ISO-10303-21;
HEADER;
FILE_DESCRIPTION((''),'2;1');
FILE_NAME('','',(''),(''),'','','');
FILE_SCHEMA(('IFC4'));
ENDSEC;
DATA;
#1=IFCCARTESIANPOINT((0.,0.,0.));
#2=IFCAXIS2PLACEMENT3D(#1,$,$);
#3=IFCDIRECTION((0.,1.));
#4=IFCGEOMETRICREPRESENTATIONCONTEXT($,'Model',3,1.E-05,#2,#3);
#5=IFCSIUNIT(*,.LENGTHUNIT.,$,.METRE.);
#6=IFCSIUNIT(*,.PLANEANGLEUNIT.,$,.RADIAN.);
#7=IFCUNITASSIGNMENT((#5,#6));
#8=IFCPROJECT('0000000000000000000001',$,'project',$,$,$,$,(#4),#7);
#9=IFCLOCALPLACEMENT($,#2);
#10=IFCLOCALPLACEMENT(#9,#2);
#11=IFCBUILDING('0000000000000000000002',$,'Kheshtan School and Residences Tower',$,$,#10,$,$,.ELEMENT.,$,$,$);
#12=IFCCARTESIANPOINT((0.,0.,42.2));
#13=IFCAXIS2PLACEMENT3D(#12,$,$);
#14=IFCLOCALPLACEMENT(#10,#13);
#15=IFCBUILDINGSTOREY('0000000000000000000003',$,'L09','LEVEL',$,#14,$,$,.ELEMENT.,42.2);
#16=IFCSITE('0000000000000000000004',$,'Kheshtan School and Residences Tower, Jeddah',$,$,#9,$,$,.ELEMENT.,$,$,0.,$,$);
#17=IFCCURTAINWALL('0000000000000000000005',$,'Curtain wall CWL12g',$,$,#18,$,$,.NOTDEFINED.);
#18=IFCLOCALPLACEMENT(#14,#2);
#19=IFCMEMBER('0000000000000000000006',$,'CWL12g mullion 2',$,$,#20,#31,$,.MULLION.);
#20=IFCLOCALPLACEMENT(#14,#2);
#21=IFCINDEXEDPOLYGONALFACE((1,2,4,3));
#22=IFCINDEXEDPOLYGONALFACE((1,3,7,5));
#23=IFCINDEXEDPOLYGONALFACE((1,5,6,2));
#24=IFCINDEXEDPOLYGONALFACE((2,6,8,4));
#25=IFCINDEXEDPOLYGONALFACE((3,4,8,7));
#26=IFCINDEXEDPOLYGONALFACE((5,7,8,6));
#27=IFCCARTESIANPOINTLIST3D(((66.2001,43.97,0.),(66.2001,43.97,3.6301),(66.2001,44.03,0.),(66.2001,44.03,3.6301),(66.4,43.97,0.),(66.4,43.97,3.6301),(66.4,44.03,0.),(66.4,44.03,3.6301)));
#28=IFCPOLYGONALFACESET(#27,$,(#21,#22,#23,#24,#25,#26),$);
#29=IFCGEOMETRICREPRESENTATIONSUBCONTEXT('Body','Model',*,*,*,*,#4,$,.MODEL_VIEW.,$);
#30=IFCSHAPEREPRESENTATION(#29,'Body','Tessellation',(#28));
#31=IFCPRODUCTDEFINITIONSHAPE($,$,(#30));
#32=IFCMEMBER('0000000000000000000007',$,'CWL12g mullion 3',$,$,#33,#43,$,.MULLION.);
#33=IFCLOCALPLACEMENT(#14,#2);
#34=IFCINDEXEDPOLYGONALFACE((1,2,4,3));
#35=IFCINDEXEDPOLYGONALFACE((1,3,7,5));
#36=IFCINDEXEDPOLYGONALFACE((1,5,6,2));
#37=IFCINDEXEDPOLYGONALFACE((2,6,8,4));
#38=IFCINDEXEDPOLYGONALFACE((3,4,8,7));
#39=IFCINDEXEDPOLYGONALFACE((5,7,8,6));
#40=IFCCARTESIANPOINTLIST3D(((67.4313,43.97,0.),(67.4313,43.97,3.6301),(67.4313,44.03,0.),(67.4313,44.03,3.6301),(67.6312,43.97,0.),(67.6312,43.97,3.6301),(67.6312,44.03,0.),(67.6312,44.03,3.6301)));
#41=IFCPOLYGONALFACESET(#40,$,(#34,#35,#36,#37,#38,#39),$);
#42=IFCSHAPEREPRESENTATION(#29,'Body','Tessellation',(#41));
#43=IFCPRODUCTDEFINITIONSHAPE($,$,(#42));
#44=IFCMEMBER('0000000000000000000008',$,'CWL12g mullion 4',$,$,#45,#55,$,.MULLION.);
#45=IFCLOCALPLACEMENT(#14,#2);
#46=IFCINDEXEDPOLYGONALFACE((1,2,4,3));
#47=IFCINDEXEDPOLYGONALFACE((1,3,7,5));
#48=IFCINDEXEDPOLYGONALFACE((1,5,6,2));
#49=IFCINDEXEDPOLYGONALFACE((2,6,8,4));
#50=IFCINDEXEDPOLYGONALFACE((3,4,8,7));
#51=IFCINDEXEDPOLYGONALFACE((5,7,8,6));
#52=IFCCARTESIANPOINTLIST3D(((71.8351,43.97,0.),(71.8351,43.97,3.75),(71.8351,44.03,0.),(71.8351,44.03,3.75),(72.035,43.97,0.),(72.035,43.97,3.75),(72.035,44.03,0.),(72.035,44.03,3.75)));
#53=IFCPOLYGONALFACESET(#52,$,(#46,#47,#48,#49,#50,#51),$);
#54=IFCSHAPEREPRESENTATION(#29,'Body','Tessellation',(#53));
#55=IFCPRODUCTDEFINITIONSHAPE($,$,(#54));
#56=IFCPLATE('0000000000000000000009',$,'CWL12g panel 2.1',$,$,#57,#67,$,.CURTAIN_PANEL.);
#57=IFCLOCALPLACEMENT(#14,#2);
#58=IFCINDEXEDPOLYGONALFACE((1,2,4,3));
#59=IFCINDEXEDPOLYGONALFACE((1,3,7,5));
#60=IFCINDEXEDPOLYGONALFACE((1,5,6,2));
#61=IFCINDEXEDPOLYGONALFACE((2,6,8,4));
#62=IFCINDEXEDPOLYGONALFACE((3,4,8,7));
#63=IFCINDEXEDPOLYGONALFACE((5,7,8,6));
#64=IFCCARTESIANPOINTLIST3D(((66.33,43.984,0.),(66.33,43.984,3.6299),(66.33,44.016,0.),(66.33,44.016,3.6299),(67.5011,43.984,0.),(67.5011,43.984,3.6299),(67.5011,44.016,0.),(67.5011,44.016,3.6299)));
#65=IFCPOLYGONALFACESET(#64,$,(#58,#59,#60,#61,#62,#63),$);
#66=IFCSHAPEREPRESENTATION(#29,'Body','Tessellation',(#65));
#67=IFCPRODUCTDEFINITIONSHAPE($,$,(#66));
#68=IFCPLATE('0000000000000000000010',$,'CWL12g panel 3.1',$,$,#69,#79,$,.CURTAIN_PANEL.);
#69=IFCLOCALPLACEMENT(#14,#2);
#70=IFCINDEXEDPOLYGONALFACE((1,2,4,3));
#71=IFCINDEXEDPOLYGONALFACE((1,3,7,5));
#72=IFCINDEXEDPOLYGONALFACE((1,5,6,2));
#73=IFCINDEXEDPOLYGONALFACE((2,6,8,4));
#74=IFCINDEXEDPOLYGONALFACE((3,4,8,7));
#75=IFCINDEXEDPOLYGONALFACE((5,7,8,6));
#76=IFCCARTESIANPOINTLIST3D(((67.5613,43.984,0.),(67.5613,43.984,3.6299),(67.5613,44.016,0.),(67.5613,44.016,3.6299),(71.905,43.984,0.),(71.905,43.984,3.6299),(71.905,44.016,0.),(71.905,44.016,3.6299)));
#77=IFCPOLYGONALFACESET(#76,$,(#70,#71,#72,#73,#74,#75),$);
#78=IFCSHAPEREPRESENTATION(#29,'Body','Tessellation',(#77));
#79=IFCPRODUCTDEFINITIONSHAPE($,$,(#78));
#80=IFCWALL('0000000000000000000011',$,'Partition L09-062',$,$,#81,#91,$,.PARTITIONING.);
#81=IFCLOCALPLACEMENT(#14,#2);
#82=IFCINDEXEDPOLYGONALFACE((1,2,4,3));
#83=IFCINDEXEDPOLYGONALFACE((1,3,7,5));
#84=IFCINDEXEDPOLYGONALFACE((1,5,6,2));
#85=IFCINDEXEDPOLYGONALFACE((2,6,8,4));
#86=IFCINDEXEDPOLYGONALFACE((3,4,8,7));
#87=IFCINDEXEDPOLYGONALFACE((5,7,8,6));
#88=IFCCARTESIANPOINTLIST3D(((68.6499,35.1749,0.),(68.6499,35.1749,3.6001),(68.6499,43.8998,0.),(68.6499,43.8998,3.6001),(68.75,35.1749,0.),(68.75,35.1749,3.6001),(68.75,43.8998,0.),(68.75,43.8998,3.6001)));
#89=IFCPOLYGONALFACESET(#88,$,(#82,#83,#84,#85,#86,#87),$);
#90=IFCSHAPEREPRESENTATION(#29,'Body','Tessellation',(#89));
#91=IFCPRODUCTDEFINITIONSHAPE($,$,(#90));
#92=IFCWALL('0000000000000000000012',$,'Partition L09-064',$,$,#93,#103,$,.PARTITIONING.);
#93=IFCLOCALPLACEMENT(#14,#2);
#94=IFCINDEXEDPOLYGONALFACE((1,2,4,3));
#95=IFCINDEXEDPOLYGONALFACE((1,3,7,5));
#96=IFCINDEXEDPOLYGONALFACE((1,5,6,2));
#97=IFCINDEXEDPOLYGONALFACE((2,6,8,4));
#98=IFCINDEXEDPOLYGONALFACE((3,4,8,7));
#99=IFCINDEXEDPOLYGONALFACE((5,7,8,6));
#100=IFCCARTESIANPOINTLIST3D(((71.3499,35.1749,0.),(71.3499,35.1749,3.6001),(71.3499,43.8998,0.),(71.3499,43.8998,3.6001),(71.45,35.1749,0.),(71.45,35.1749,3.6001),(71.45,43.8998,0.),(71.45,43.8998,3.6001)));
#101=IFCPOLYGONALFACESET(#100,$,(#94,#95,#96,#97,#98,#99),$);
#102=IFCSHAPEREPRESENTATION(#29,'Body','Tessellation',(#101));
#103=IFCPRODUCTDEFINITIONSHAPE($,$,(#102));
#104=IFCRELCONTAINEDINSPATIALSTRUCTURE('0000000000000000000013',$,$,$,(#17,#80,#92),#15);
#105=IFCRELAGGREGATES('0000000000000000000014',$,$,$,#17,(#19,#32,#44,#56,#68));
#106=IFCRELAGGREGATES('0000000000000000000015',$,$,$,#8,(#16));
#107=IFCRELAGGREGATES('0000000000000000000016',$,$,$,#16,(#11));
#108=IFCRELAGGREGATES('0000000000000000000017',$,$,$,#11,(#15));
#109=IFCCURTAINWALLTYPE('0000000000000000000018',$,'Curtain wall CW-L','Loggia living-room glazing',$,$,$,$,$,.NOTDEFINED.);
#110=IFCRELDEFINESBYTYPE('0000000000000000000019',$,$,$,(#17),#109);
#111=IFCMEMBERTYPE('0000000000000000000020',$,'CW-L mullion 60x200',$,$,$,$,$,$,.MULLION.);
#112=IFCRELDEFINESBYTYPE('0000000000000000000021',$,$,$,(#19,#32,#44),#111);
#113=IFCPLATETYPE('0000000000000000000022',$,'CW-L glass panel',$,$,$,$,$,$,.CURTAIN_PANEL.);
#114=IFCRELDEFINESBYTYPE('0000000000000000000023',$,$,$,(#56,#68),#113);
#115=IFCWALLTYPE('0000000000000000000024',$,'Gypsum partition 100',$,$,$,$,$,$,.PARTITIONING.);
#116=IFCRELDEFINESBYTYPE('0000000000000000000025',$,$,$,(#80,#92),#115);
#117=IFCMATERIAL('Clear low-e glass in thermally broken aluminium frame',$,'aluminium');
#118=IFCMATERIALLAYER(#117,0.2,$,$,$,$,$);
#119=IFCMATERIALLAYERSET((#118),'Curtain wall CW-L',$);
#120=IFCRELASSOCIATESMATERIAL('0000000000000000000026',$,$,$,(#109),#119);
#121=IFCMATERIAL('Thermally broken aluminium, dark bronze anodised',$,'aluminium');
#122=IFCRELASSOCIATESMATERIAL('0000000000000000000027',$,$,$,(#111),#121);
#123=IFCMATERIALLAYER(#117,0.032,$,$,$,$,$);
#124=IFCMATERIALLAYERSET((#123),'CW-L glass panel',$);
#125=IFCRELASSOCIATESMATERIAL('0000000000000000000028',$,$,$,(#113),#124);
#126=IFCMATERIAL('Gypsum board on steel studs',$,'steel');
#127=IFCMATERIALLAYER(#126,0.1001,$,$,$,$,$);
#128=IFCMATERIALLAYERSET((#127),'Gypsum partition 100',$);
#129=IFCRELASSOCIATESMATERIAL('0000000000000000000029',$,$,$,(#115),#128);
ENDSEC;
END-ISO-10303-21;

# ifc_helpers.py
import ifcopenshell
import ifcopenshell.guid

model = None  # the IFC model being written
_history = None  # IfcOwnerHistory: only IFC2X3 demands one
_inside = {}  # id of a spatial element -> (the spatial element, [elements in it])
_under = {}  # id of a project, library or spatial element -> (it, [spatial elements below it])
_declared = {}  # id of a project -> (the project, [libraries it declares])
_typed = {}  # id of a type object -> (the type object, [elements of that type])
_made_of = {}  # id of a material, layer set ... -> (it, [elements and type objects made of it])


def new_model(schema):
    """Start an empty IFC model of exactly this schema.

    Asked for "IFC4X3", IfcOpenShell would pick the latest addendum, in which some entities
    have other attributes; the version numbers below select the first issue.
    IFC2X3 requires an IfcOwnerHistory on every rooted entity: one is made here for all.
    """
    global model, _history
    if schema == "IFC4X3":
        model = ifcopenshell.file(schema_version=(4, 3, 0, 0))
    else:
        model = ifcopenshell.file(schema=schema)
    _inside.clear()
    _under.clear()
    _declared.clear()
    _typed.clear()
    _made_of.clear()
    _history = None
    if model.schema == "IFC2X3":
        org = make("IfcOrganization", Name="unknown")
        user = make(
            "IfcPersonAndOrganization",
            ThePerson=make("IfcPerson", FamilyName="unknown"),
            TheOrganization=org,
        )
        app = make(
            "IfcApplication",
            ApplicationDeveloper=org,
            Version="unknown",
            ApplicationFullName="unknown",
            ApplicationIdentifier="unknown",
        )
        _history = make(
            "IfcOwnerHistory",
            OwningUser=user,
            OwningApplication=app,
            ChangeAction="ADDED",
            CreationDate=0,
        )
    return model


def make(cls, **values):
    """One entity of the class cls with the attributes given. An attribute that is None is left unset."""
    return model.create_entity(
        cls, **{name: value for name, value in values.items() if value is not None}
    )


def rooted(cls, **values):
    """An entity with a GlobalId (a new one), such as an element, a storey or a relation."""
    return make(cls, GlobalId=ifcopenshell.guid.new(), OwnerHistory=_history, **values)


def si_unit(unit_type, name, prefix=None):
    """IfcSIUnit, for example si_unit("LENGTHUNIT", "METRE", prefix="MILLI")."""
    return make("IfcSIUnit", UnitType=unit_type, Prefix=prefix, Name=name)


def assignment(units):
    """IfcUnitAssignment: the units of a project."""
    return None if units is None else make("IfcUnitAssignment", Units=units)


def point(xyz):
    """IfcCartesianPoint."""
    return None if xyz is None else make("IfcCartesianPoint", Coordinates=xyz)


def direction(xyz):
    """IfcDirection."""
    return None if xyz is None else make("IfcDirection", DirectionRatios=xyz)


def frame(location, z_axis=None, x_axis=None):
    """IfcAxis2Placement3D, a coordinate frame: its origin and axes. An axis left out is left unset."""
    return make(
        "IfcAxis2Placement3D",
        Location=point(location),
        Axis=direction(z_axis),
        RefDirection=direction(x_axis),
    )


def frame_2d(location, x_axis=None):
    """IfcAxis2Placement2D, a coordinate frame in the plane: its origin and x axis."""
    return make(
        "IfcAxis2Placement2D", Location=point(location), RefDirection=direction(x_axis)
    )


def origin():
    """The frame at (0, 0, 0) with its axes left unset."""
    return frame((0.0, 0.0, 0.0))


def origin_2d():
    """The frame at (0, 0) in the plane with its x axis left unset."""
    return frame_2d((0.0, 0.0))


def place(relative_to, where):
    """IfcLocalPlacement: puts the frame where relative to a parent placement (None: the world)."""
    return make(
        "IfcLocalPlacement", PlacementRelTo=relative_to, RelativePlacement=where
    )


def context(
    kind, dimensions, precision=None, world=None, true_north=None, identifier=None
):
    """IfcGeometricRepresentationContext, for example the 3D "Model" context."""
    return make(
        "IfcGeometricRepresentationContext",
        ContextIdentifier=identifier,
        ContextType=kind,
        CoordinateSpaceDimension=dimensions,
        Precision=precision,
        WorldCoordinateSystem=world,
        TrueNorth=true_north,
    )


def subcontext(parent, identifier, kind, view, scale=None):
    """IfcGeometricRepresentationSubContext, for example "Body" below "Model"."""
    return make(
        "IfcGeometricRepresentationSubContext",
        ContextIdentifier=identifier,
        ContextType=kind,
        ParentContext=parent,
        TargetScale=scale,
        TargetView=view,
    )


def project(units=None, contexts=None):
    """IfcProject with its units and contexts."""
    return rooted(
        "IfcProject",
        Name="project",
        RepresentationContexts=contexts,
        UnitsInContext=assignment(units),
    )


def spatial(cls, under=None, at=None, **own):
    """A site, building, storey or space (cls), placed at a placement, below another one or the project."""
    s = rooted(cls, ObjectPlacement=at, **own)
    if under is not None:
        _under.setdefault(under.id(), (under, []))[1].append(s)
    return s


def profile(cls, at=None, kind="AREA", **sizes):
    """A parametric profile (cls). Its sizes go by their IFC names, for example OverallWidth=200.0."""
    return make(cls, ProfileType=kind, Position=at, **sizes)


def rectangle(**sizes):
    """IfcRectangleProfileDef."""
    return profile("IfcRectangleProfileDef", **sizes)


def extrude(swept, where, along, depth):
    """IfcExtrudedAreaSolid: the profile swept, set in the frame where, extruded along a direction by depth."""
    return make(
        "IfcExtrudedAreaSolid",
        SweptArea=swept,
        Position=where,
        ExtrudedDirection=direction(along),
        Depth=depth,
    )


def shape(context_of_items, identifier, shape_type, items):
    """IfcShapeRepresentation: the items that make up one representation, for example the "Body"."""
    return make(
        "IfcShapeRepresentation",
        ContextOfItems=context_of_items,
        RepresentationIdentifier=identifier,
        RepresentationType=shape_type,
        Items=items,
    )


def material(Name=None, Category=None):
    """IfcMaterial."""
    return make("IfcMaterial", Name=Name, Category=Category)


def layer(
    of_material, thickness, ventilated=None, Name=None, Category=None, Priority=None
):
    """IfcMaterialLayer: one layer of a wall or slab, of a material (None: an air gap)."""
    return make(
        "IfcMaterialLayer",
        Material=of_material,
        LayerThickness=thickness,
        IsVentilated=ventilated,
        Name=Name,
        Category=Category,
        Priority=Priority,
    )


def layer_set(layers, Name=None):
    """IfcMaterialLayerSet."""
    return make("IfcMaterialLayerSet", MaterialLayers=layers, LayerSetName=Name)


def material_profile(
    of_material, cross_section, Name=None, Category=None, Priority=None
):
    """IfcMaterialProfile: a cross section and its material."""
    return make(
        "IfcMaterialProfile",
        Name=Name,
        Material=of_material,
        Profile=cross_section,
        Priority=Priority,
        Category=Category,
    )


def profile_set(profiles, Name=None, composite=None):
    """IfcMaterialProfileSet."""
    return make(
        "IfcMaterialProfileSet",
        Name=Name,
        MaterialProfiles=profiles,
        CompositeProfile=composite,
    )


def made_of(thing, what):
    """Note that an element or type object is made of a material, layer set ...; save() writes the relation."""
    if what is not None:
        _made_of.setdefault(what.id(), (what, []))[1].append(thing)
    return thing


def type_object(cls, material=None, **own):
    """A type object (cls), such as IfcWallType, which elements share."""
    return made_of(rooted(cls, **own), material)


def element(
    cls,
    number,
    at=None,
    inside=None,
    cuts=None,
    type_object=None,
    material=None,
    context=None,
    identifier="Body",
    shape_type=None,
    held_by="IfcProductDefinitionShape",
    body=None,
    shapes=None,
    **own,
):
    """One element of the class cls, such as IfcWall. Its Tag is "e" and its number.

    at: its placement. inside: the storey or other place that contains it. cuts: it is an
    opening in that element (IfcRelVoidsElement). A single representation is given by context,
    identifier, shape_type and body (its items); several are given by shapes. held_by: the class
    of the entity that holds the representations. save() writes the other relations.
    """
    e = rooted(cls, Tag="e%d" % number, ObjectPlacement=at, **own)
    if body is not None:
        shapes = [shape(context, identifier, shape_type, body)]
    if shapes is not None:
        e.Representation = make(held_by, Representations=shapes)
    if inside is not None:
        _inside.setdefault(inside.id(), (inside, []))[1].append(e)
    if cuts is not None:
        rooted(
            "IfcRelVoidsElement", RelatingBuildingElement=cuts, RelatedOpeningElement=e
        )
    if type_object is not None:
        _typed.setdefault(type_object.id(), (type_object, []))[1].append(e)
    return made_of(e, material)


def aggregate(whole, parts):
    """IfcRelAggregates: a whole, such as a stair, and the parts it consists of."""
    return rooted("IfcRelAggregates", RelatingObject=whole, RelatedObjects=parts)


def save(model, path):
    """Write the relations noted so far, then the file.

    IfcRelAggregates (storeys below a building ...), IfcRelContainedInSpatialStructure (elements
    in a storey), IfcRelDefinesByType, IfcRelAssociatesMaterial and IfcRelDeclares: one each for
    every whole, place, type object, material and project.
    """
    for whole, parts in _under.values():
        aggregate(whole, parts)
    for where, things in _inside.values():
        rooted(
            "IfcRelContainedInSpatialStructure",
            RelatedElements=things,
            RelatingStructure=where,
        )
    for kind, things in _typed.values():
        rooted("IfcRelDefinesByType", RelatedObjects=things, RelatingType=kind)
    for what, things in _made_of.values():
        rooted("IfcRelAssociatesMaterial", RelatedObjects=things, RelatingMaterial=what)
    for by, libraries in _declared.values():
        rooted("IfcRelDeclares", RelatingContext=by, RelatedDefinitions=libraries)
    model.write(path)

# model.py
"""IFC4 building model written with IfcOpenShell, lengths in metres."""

from ifc_helpers import new_model, si_unit, direction, frame, frame_2d, origin, origin_2d, place, context, subcontext, project, spatial, rectangle, extrude, material, layer, layer_set, material_profile, profile_set, type_object, element, aggregate, save


model = new_model("IFC4")

# Units and contexts
model_context = context("Model", 3, precision=1e-05, world=origin(), true_north=direction((0.0, 1.0)))
body_context = subcontext(model_context, "Body", "Model", "MODEL_VIEW")
ifc_project = project(units=[si_unit("LENGTHUNIT", "METRE"), si_unit("PLANEANGLEUNIT", "RADIAN")], contexts=[model_context])

# Site, building, storey
site_placement = place(None, origin())
site = spatial("IfcSite", under=ifc_project, at=site_placement, Name="Kheshtan School and Residences Tower, Jeddah", CompositionType="ELEMENT", RefElevation=0.0)
building_placement = place(site_placement, origin())
building = spatial("IfcBuilding", under=site, at=building_placement, Name="Kheshtan School and Residences Tower", CompositionType="ELEMENT")
storey_placement = place(building_placement, frame((0.0, 0.0, 42.2)))
storey = spatial("IfcBuildingStorey", under=building, at=storey_placement, Name="L09", Description="LEVEL", CompositionType="ELEMENT", Elevation=42.2)

# Curtain wall, members, plates
ifc_material_1 = material(Name="Clear low-e glass in thermally broken aluminium frame", Category="aluminium")
ifc_layer_1 = layer(ifc_material_1, 0.2)
ifc_layer_set_1 = layer_set([ifc_layer_1], Name="Curtain wall CW-L")
curtain_wall_type = type_object("IfcCurtainWallType", Name="Curtain wall CW-L", Description="Loggia living-room glazing", PredefinedType="NOTDEFINED", material=ifc_layer_set_1)
curtain_wall_placement = place(storey_placement, origin())
curtain_wall = element("IfcCurtainWall", 1, at=curtain_wall_placement, inside=storey, type_object=curtain_wall_type, Name="Curtain wall CWL12g", PredefinedType="NOTDEFINED")
ifc_material_2 = material(Name="Thermally broken aluminium, dark bronze anodised", Category="aluminium")
ifc_material_profile_1 = material_profile(ifc_material_2, rectangle(XDim=0.0601, YDim=0.2, at=origin_2d()), Name="CW-L mullion 60x200")
ifc_profile_set_1 = profile_set([ifc_material_profile_1], Name="Thermally broken aluminium, dark bronze anodised")
member_type = type_object("IfcMemberType", Name="CW-L mullion 60x200", PredefinedType="MULLION", material=ifc_profile_set_1)
member_1_placement = place(storey_placement, frame((66.3, 44.0, 0.0), z_axis=(0.0, 0.0, 1.0), x_axis=(0.0, 1.0, 0.0)))
member_1 = element("IfcMember", 2, at=member_1_placement, type_object=member_type, Name="CWL12g mullion 2", PredefinedType="MULLION", context=body_context, shape_type="SweptSolid", body=[
    extrude(rectangle(XDim=0.0601, YDim=0.2, at=origin_2d()), origin(), (0.0, 0.0, 1.0), 3.6301),
])
member_2_placement = place(storey_placement, frame((67.5312, 44.0, 0.0), z_axis=(0.0, 0.0, 1.0), x_axis=(0.0, 1.0, 0.0)))
member_2 = element("IfcMember", 3, at=member_2_placement, type_object=member_type, Name="CWL12g mullion 3", PredefinedType="MULLION", context=body_context, shape_type="SweptSolid", body=[
    extrude(rectangle(XDim=0.0601, YDim=0.2, at=origin_2d()), origin(), (0.0, 0.0, 1.0), 3.6301),
])
member_3_placement = place(storey_placement, frame((71.9351, 44.0, 0.0), z_axis=(0.0, 0.0, 1.0), x_axis=(0.0, 1.0, 0.0)))
member_3 = element("IfcMember", 4, at=member_3_placement, type_object=member_type, Name="CWL12g mullion 4", PredefinedType="MULLION", context=body_context, shape_type="SweptSolid", body=[
    extrude(rectangle(XDim=0.0601, YDim=0.2, at=origin_2d()), origin(), (0.0, 0.0, 1.0), 3.75),
])
ifc_layer_2 = layer(ifc_material_1, 0.032)
ifc_layer_set_2 = layer_set([ifc_layer_2], Name="CW-L glass panel")
plate_type = type_object("IfcPlateType", Name="CW-L glass panel", PredefinedType="CURTAIN_PANEL", material=ifc_layer_set_2)
plate_1_placement = place(storey_placement, frame((66.9155, 44.0, 0.0), z_axis=(0.0, 0.0, 1.0), x_axis=(1.0, 0.0, 0.0)))
plate_1 = element("IfcPlate", 5, at=plate_1_placement, type_object=plate_type, Name="CWL12g panel 2.1", PredefinedType="CURTAIN_PANEL", context=body_context, shape_type="SweptSolid", body=[
    extrude(rectangle(XDim=1.1711, YDim=0.032, at=origin_2d()), origin(), (0.0, 0.0, 1.0), 3.6299),
])
plate_2_placement = place(storey_placement, frame((69.7332, 44.0, 0.0), z_axis=(0.0, 0.0, 1.0), x_axis=(1.0, 0.0, 0.0)))
plate_2 = element("IfcPlate", 6, at=plate_2_placement, type_object=plate_type, Name="CWL12g panel 3.1", PredefinedType="CURTAIN_PANEL", context=body_context, shape_type="SweptSolid", body=[
    extrude(rectangle(XDim=4.3438, YDim=0.032, at=origin_2d()), origin(), (0.0, 0.0, 1.0), 3.6299),
])
aggregate(curtain_wall, [member_1, member_2, member_3, plate_1, plate_2])

# Walls
ifc_material_3 = material(Name="Gypsum board on steel studs", Category="steel")
ifc_layer_3 = layer(ifc_material_3, 0.1001)
ifc_layer_set_3 = layer_set([ifc_layer_3], Name="Gypsum partition 100")
wall_type_1 = type_object("IfcWallType", Name="Gypsum partition 100", PredefinedType="PARTITIONING", material=ifc_layer_set_3)
for number, where, z_axis, x_axis, name in (
    (7, (68.7, 35.175, 0.0), (0.0, 0.0, 1.0), (0.0, 1.0, 0.0), "Partition L09-062"),
    (8, (71.3999, 35.175, 0.0), (0.0, 0.0, 1.0), (0.0, 1.0, 0.0), "Partition L09-064"),
):
    element("IfcWall", number, at=place(storey_placement, frame(where, z_axis=z_axis, x_axis=x_axis)), inside=storey, type_object=wall_type_1, Name=name, PredefinedType="PARTITIONING", context=body_context, shape_type="SweptSolid", body=[
        extrude(rectangle(XDim=8.7249, YDim=0.1001, at=frame_2d((4.3623, 0.0))), origin(), (0.0, 0.0, 1.0), 3.6001),
    ])

save(model, "model.ifc")
